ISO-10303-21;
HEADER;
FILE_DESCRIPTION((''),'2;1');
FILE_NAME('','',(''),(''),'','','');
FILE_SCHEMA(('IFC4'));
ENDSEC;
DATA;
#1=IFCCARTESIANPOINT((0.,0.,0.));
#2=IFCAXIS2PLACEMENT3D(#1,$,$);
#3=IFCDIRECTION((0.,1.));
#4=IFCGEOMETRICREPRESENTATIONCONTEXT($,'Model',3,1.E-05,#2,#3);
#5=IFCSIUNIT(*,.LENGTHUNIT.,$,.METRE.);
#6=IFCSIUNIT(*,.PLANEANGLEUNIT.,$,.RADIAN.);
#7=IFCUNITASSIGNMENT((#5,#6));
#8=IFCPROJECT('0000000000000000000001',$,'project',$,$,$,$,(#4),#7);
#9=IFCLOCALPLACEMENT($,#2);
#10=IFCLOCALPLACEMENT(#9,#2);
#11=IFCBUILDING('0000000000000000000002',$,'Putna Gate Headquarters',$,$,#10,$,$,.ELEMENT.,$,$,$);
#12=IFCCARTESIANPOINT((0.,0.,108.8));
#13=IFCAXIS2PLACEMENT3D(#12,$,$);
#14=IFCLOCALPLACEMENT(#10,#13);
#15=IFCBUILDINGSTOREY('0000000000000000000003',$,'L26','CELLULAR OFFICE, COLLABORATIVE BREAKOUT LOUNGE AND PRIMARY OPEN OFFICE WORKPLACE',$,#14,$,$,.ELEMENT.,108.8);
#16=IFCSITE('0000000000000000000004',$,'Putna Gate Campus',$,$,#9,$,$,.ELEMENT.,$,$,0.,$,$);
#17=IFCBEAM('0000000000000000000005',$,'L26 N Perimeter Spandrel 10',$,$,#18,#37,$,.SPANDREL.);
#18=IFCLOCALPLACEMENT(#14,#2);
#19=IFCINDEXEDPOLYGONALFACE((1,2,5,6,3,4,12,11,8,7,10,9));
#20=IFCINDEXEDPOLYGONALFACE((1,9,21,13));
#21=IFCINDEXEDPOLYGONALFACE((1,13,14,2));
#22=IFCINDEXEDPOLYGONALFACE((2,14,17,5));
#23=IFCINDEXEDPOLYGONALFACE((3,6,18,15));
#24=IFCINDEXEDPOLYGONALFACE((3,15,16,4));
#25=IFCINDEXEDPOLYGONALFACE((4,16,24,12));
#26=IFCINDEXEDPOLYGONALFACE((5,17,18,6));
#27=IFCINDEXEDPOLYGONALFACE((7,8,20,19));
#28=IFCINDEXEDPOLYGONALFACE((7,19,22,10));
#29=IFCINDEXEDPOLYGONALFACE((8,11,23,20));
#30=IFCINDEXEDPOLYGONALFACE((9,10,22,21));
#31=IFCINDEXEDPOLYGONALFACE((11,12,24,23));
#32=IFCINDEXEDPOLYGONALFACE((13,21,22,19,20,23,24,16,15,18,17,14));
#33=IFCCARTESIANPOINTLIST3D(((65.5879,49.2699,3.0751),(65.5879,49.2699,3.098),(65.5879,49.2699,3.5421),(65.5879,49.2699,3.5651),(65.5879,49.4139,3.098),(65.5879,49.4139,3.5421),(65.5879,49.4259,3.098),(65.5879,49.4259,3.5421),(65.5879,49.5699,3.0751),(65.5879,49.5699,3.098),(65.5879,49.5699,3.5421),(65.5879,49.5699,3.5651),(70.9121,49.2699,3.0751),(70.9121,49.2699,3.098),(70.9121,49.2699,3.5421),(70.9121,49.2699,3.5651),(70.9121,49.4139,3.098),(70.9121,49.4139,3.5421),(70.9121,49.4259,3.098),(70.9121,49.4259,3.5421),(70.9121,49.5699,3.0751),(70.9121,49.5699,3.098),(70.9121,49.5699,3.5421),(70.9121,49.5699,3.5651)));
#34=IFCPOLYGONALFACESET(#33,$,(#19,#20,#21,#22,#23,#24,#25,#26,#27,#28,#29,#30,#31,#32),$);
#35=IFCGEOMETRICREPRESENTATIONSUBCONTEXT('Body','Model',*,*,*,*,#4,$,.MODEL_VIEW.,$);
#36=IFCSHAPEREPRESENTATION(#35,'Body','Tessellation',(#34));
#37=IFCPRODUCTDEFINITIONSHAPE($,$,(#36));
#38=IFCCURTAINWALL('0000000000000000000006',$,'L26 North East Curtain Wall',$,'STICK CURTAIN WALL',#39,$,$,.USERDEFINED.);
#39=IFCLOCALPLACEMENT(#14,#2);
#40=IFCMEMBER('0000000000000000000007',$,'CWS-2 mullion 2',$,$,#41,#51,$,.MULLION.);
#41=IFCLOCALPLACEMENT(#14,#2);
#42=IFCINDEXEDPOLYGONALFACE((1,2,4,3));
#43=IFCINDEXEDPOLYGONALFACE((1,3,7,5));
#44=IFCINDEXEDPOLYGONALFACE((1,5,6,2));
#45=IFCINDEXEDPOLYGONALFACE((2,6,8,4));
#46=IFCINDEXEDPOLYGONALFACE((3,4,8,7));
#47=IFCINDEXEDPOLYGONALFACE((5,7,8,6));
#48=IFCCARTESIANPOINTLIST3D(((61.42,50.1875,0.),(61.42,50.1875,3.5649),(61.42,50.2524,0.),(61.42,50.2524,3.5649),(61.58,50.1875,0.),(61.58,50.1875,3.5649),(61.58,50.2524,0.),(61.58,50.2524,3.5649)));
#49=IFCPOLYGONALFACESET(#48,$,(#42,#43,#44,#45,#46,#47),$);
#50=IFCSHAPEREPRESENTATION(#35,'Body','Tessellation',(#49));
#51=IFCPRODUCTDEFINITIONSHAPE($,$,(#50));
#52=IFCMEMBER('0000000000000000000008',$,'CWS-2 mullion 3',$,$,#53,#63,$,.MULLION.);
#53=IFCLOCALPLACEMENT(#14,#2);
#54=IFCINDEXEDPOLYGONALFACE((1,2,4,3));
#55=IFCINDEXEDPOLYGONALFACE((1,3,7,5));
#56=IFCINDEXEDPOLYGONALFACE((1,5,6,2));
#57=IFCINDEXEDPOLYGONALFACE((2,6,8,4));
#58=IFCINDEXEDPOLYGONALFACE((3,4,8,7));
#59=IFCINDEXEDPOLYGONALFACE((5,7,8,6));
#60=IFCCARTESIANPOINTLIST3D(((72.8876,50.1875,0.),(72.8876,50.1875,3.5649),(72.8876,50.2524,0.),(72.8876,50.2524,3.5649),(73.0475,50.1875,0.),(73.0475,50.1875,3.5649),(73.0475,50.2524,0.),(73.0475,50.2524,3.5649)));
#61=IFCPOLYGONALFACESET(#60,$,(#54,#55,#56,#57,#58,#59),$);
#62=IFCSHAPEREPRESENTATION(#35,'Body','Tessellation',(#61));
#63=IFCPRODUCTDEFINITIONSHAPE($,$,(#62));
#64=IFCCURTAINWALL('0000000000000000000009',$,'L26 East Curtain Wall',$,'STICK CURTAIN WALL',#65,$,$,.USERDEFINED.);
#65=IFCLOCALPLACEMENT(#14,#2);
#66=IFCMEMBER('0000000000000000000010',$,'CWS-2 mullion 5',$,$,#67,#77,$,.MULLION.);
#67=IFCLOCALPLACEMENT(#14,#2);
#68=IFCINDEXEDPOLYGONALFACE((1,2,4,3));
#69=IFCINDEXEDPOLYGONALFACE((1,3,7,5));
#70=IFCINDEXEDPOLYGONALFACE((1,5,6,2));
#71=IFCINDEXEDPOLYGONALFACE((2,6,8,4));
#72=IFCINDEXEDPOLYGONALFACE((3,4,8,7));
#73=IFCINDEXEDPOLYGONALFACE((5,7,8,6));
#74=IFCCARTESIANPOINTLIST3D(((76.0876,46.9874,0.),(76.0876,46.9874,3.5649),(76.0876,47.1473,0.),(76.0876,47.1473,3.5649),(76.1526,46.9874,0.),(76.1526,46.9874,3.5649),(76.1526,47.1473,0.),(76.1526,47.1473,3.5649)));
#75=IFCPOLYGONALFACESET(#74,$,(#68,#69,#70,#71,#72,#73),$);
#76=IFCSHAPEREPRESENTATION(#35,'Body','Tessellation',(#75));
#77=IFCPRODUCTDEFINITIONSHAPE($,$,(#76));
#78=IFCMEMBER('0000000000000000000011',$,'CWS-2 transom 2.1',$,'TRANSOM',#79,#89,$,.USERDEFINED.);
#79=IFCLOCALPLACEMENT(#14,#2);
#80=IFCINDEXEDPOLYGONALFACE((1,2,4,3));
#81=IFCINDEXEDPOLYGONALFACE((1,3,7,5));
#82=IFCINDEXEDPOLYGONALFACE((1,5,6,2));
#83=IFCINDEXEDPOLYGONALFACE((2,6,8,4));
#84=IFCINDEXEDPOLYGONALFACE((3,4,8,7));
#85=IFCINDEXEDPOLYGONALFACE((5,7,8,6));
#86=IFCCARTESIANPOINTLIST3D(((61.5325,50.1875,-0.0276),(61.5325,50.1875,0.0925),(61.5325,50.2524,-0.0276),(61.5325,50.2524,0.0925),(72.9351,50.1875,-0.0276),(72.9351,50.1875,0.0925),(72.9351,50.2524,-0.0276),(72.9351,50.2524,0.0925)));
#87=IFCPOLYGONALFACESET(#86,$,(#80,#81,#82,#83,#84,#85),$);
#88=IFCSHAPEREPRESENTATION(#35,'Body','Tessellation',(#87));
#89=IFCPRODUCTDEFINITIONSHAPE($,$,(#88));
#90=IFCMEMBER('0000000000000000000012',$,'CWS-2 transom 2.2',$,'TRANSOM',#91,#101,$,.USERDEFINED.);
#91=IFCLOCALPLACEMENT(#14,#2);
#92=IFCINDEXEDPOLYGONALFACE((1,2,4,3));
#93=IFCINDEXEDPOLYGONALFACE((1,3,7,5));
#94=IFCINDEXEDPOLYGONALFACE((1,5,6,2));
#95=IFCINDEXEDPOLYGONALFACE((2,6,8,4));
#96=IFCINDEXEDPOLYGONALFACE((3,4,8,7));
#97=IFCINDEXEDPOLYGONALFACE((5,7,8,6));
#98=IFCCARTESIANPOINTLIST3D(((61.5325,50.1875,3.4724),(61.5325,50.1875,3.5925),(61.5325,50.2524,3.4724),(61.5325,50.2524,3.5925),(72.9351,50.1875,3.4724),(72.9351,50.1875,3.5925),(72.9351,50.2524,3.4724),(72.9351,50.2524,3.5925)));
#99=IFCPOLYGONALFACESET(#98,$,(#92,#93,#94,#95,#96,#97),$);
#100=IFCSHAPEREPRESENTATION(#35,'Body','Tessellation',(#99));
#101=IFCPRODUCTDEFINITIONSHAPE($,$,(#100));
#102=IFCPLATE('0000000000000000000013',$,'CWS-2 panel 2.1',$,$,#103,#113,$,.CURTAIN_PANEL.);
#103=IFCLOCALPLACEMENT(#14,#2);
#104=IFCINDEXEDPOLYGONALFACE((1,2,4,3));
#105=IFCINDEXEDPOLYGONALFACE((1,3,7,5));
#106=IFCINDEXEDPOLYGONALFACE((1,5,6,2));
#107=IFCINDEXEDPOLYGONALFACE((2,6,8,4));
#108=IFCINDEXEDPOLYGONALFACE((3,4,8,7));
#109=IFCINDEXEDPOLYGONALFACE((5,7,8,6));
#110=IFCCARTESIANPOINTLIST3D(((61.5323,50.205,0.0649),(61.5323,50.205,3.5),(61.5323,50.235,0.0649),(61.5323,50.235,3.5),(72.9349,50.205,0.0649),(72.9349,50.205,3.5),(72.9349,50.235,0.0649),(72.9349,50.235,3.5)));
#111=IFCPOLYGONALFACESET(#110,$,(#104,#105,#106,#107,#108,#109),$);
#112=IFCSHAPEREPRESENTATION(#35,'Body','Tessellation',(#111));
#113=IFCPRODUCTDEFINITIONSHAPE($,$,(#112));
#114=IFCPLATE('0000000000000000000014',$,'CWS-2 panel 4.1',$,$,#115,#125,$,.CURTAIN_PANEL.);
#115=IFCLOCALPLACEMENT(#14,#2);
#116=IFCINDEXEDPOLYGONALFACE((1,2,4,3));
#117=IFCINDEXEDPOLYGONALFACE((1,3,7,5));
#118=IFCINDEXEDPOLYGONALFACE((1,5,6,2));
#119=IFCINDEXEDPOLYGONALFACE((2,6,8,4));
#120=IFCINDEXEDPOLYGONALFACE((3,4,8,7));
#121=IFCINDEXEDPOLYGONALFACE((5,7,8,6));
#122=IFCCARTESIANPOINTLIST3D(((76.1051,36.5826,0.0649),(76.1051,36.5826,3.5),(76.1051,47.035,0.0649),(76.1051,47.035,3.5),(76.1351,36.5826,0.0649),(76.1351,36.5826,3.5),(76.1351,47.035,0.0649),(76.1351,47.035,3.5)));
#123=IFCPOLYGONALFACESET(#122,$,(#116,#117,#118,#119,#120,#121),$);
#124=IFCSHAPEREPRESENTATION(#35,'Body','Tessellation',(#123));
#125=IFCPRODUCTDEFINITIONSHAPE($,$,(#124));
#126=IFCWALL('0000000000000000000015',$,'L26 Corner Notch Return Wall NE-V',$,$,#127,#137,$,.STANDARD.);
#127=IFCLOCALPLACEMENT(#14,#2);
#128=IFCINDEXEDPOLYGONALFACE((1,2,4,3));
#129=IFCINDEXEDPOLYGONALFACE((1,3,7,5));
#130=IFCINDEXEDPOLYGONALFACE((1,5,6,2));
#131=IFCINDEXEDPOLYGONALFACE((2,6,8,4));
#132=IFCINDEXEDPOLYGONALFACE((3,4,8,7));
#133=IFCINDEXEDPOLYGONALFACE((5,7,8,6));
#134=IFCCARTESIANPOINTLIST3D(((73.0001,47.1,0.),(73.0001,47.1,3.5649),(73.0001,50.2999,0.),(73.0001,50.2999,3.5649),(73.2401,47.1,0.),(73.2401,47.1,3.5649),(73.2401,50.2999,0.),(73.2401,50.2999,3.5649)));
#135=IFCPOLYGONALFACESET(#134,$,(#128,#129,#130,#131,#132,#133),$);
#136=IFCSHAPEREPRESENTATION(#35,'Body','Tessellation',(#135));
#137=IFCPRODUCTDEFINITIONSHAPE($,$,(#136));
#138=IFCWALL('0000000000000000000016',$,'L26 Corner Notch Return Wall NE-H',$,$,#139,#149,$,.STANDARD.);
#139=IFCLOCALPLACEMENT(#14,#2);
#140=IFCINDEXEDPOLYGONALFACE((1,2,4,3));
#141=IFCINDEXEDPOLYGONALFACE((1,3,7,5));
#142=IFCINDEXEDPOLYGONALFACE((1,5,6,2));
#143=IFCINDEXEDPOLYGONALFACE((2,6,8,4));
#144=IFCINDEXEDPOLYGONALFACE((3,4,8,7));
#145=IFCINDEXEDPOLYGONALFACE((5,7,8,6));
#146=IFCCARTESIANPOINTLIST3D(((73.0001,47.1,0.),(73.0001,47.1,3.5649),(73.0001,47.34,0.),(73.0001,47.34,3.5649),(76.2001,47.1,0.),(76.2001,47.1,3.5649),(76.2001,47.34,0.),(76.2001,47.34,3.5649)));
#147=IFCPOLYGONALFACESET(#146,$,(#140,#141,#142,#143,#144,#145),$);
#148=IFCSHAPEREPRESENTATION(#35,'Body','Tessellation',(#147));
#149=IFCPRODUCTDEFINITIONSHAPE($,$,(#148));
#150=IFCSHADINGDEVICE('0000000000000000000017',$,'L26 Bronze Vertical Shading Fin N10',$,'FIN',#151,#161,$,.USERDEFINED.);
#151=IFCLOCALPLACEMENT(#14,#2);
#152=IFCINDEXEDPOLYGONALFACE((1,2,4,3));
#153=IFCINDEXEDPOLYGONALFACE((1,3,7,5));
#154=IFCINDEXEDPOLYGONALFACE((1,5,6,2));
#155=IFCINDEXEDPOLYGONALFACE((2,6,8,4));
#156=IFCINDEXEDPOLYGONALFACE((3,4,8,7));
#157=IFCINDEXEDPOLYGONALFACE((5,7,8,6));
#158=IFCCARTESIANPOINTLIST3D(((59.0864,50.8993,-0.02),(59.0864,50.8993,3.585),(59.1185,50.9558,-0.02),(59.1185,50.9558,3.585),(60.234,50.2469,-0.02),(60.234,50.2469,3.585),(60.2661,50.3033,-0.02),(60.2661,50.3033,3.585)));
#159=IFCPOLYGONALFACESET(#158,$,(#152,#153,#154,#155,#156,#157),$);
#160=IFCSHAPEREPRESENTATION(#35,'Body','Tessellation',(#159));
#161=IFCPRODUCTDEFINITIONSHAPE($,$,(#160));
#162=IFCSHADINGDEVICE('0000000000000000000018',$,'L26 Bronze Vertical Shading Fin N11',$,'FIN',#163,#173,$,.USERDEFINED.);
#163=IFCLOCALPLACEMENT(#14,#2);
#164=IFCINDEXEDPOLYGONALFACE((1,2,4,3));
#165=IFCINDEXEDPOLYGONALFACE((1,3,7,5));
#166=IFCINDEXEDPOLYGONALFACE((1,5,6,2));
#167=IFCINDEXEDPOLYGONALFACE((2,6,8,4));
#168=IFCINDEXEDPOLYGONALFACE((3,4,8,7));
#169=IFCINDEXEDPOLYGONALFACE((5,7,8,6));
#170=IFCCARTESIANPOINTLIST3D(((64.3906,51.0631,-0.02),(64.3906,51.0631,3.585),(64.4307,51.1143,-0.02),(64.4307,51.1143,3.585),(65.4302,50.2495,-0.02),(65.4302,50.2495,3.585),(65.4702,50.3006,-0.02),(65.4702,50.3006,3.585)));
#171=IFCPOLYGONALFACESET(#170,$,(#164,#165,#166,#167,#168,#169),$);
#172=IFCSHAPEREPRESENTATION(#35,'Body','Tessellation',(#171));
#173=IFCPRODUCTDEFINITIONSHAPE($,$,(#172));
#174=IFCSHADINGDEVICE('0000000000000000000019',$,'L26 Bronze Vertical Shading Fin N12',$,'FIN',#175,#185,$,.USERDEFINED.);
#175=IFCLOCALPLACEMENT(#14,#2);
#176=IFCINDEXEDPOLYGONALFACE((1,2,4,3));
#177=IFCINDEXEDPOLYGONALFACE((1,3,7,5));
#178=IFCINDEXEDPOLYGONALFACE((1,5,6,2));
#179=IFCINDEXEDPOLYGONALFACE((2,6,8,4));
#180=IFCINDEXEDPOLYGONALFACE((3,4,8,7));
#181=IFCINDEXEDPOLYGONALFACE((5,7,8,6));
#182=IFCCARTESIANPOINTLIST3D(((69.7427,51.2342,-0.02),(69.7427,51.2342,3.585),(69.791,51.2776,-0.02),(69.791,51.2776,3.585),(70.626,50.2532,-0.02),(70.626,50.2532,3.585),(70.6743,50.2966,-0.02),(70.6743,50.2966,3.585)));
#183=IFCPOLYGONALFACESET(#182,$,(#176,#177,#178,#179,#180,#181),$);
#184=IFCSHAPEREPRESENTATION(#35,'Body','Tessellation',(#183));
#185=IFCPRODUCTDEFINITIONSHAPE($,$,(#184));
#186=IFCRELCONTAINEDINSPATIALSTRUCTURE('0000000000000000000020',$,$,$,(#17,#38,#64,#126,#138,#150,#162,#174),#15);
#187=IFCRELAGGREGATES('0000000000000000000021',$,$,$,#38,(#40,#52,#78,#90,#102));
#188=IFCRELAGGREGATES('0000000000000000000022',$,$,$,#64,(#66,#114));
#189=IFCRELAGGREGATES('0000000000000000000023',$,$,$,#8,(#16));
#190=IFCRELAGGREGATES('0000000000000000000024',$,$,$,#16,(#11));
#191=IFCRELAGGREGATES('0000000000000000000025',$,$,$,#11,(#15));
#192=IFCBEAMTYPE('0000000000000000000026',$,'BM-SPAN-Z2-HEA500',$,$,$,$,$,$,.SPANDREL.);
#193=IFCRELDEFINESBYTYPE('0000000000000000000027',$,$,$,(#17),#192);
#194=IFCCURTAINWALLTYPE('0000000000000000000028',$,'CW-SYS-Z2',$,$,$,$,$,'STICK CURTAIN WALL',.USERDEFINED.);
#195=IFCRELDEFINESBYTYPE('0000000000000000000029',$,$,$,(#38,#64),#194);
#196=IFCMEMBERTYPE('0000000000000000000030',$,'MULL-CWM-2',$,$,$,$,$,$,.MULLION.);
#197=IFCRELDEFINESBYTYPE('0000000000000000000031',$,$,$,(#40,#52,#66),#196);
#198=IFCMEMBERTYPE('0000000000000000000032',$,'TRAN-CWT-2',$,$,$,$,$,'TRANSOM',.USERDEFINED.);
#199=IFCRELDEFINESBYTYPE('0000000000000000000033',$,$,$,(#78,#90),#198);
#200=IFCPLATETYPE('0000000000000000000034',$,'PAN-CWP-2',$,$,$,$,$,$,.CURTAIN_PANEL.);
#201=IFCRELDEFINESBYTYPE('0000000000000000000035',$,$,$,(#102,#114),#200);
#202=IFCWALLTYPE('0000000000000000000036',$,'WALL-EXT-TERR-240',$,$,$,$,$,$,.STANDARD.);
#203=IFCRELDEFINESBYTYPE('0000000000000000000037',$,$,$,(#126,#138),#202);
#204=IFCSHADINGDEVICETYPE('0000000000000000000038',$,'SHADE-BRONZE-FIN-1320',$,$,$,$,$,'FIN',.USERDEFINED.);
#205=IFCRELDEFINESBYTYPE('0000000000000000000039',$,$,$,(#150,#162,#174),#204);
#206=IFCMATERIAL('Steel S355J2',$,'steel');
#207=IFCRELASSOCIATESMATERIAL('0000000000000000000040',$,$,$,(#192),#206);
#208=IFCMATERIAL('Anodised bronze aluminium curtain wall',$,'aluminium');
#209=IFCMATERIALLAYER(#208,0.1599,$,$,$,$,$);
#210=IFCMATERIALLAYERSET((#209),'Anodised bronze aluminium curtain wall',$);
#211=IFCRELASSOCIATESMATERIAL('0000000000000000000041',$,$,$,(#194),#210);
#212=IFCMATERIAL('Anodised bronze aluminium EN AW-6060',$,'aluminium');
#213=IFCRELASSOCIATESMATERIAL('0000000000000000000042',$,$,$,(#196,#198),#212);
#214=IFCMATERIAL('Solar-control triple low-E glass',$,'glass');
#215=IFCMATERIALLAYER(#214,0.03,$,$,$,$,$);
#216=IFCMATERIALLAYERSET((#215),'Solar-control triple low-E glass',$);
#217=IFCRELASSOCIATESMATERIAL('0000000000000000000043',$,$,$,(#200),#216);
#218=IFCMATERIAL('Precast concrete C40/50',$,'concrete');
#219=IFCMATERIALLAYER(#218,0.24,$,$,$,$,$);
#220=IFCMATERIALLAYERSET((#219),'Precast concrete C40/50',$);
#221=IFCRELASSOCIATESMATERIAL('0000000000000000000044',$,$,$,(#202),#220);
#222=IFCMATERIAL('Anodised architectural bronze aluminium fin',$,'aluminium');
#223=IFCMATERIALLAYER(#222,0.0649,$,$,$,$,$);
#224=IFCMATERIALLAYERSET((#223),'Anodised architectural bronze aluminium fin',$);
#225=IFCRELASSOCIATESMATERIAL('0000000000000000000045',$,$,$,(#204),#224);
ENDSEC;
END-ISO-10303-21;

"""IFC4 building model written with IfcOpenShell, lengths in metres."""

from ifc_helpers import new_model, si_unit, direction, frame, frame_2d, origin, origin_2d, place, context, subcontext, project, spatial, rectangle, i_section, extrude, material, layer, layer_set, material_profile, profile_set, type_object, element, aggregate, save


model = new_model("IFC4")

# Units and contexts
model_context = context("Model", 3, precision=1e-05, world=origin(), true_north=direction((0.0, 1.0)))
body_context = subcontext(model_context, "Body", "Model", "MODEL_VIEW")
ifc_project = project(units=[si_unit("LENGTHUNIT", "METRE"), si_unit("PLANEANGLEUNIT", "RADIAN")], contexts=[model_context])

# Site, building, storey
site_placement = place(None, origin())
site = spatial("IfcSite", under=ifc_project, at=site_placement, Name="Putna Gate Campus", CompositionType="ELEMENT", RefElevation=0.0)
building_placement = place(site_placement, origin())
building = spatial("IfcBuilding", under=site, at=building_placement, Name="Putna Gate Headquarters", CompositionType="ELEMENT")
storey_placement = place(building_placement, frame((0.0, 0.0, 108.8)))
storey = spatial("IfcBuildingStorey", under=building, at=storey_placement, Name="L26", Description="CELLULAR OFFICE, COLLABORATIVE BREAKOUT LOUNGE AND PRIMARY OPEN OFFICE WORKPLACE", CompositionType="ELEMENT", Elevation=108.8)

# Beam
ifc_material_1 = material(Name="Steel S355J2", Category="steel")
ifc_material_profile_1 = material_profile(ifc_material_1, i_section(OverallWidth=0.3, OverallDepth=0.49, WebThickness=0.012, FlangeThickness=0.0229, at=origin_2d()), Name="Steel S355J2")
ifc_profile_set_1 = profile_set([ifc_material_profile_1], Name="Steel S355J2")
beam_type_1 = type_object("IfcBeamType", Name="BM-SPAN-Z2-HEA500", PredefinedType="SPANDREL", material=ifc_profile_set_1)
for number, where, z_axis, x_axis, name in (
    (1, (65.5879, 49.4199, 3.3201), (1.0, 0.0, 0.0), (0.0, 1.0, 0.0), "L26 N Perimeter Spandrel 10"),
):
    element("IfcBeam", number, at=place(storey_placement, frame(where, z_axis=z_axis, x_axis=x_axis)), inside=storey, type_object=beam_type_1, Name=name, PredefinedType="SPANDREL", context=body_context, shape_type="SweptSolid", body=[
        extrude(i_section(OverallWidth=0.3, OverallDepth=0.49, WebThickness=0.012, FlangeThickness=0.0229, at=origin_2d()), origin(), (0.0, 0.0, 1.0), 5.3242),
    ])

# Curtain wall, members
ifc_material_2 = material(Name="Anodised bronze aluminium curtain wall", Category="aluminium")
ifc_layer_1 = layer(ifc_material_2, 0.1599)
ifc_layer_set_1 = layer_set([ifc_layer_1], Name="Anodised bronze aluminium curtain wall")
curtain_wall_type = type_object("IfcCurtainWallType", Name="CW-SYS-Z2", ElementType="STICK CURTAIN WALL", PredefinedType="USERDEFINED", material=ifc_layer_set_1)
curtain_wall_1_placement = place(storey_placement, origin())
curtain_wall_1 = element("IfcCurtainWall", 2, at=curtain_wall_1_placement, inside=storey, type_object=curtain_wall_type, Name="L26 North East Curtain Wall", ObjectType="STICK CURTAIN WALL", PredefinedType="USERDEFINED")
ifc_material_3 = material(Name="Anodised bronze aluminium EN AW-6060", Category="aluminium")
ifc_material_profile_2 = material_profile(ifc_material_3, rectangle(XDim=0.0649, YDim=0.1599, at=origin_2d()), Name="Anodised bronze aluminium EN AW-6060")
ifc_profile_set_2 = profile_set([ifc_material_profile_2], Name="Anodised bronze aluminium EN AW-6060")
member_type_1 = type_object("IfcMemberType", Name="MULL-CWM-2", PredefinedType="MULLION", material=ifc_profile_set_2)
member_1_placement = place(storey_placement, frame((61.5, 50.22, 0.0), z_axis=(0.0, 0.0, 1.0), x_axis=(0.0, 1.0, 0.0)))
member_1 = element("IfcMember", 3, at=member_1_placement, type_object=member_type_1, Name="CWS-2 mullion 2", PredefinedType="MULLION", context=body_context, shape_type="SweptSolid", body=[
    extrude(rectangle(XDim=0.0649, YDim=0.1599, at=origin_2d()), origin(), (0.0, 0.0, 1.0), 3.5649),
])
member_2_placement = place(storey_placement, frame((72.9675, 50.22, 0.0), z_axis=(0.0, 0.0, 1.0), x_axis=(0.0, 1.0, 0.0)))
member_2 = element("IfcMember", 4, at=member_2_placement, type_object=member_type_1, Name="CWS-2 mullion 3", PredefinedType="MULLION", context=body_context, shape_type="SweptSolid", body=[
    extrude(rectangle(XDim=0.0649, YDim=0.1599, at=origin_2d()), origin(), (0.0, 0.0, 1.0), 3.5649),
])

# Curtain wall, member
curtain_wall_2_placement = place(storey_placement, origin())
curtain_wall_2 = element("IfcCurtainWall", 5, at=curtain_wall_2_placement, inside=storey, type_object=curtain_wall_type, Name="L26 East Curtain Wall", ObjectType="STICK CURTAIN WALL", PredefinedType="USERDEFINED")
member_3_placement = place(storey_placement, frame((76.1201, 47.0674, 0.0), z_axis=(0.0, 0.0, 1.0), x_axis=(-1.0, 0.0, 0.0)))
member_3 = element("IfcMember", 6, at=member_3_placement, type_object=member_type_1, Name="CWS-2 mullion 5", PredefinedType="MULLION", context=body_context, shape_type="SweptSolid", body=[
    extrude(rectangle(XDim=0.0649, YDim=0.1599, at=origin_2d()), origin(), (0.0, 0.0, 1.0), 3.5649),
])

# Members
ifc_material_profile_3 = material_profile(ifc_material_3, rectangle(XDim=0.0649, YDim=0.1201, at=origin_2d()), Name="Anodised bronze aluminium EN AW-6060")
ifc_profile_set_3 = profile_set([ifc_material_profile_3], Name="Anodised bronze aluminium EN AW-6060")
member_type_2 = type_object("IfcMemberType", Name="TRAN-CWT-2", ElementType="TRANSOM", PredefinedType="USERDEFINED", material=ifc_profile_set_3)
member_4_placement = place(storey_placement, frame((61.5325, 50.22, 0.0325), z_axis=(1.0, 0.0, 0.0), x_axis=(0.0, 1.0, 0.0)))
member_4 = element("IfcMember", 7, at=member_4_placement, type_object=member_type_2, Name="CWS-2 transom 2.1", ObjectType="TRANSOM", PredefinedType="USERDEFINED", context=body_context, shape_type="SweptSolid", body=[
    extrude(rectangle(XDim=0.0649, YDim=0.1201, at=origin_2d()), origin(), (0.0, 0.0, 1.0), 11.4026),
])
member_5_placement = place(storey_placement, frame((61.5325, 50.22, 3.5325), z_axis=(1.0, 0.0, 0.0), x_axis=(0.0, 1.0, 0.0)))
member_5 = element("IfcMember", 8, at=member_5_placement, type_object=member_type_2, Name="CWS-2 transom 2.2", ObjectType="TRANSOM", PredefinedType="USERDEFINED", context=body_context, shape_type="SweptSolid", body=[
    extrude(rectangle(XDim=0.0649, YDim=0.1201, at=origin_2d()), origin(), (0.0, 0.0, 1.0), 11.4026),
])

# Plates
ifc_material_4 = material(Name="Solar-control triple low-E glass", Category="glass")
ifc_layer_2 = layer(ifc_material_4, 0.03)
ifc_layer_set_2 = layer_set([ifc_layer_2], Name="Solar-control triple low-E glass")
plate_type = type_object("IfcPlateType", Name="PAN-CWP-2", PredefinedType="CURTAIN_PANEL", material=ifc_layer_set_2)
plate_1_placement = place(storey_placement, frame((67.2336, 50.22, 0.0649), z_axis=(0.0, 0.0, 1.0), x_axis=(1.0, 0.0, 0.0)))
plate_1 = element("IfcPlate", 9, at=plate_1_placement, type_object=plate_type, Name="CWS-2 panel 2.1", PredefinedType="CURTAIN_PANEL", context=body_context, shape_type="SweptSolid", body=[
    extrude(rectangle(XDim=11.4026, YDim=0.03, at=origin_2d()), origin(), (0.0, 0.0, 1.0), 3.4351),
])
aggregate(curtain_wall_1, [member_1, member_2, member_4, member_5, plate_1])
plate_2_placement = place(storey_placement, frame((76.1201, 41.8088, 0.0649), z_axis=(0.0, 0.0, 1.0), x_axis=(0.0, 1.0, 0.0)))
plate_2 = element("IfcPlate", 10, at=plate_2_placement, type_object=plate_type, Name="CWS-2 panel 4.1", PredefinedType="CURTAIN_PANEL", context=body_context, shape_type="SweptSolid", body=[
    extrude(rectangle(XDim=10.4524, YDim=0.03, at=origin_2d()), origin(), (0.0, 0.0, 1.0), 3.4351),
])
aggregate(curtain_wall_2, [member_3, plate_2])

# Walls
ifc_material_5 = material(Name="Precast concrete C40/50", Category="concrete")
ifc_layer_3 = layer(ifc_material_5, 0.24)
ifc_layer_set_3 = layer_set([ifc_layer_3], Name="Precast concrete C40/50")
wall_type = type_object("IfcWallType", Name="WALL-EXT-TERR-240", PredefinedType="STANDARD", material=ifc_layer_set_3)
for number, where, z_axis, x_axis, name in (
    (11, (73.1201, 50.3, 0.0), (0.0, 0.0, 1.0), (0.0, -1.0, 0.0), "L26 Corner Notch Return Wall NE-V"),
    (12, (73.0, 47.22, 0.0), (0.0, 0.0, 1.0), (1.0, 0.0, 0.0), "L26 Corner Notch Return Wall NE-H"),
):
    element("IfcWall", number, at=place(storey_placement, frame(where, z_axis=z_axis, x_axis=x_axis)), inside=storey, type_object=wall_type, Name=name, PredefinedType="STANDARD", context=body_context, shape_type="SweptSolid", body=[
        extrude(rectangle(XDim=3.2, YDim=0.24, at=frame_2d((1.6001, 0.0))), origin(), (0.0, 0.0, 1.0), 3.5649),
    ])

# Shading devices
ifc_material_6 = material(Name="Anodised architectural bronze aluminium fin", Category="aluminium")
ifc_layer_4 = layer(ifc_material_6, 0.0649)
ifc_layer_set_4 = layer_set([ifc_layer_4], Name="Anodised architectural bronze aluminium fin")
shading_device_type = type_object("IfcShadingDeviceType", Name="SHADE-BRONZE-FIN-1320", ElementType="FIN", PredefinedType="USERDEFINED", material=ifc_layer_set_4)
for number, where, z_axis, x_axis, name in (
    (13, (59.6763, 50.6013, -0.02), (0.0, 0.0, 1.0), (-0.869322, 0.494245, 0.0), "L26 Bronze Vertical Shading Fin N10"),
    (14, (64.9304, 50.6819, -0.02), (0.0, 0.0, 1.0), (-0.787473, 0.616349, 0.0), "L26 Bronze Vertical Shading Fin N11"),
    (15, (70.2085, 50.7654, -0.02), (0.0, 0.0, 1.0), (-0.669131, 0.743145, 0.0), "L26 Bronze Vertical Shading Fin N12"),
):
    element("IfcShadingDevice", number, at=place(storey_placement, frame(where, z_axis=z_axis, x_axis=x_axis)), inside=storey, type_object=shading_device_type, Name=name, ObjectType="FIN", PredefinedType="USERDEFINED", context=body_context, shape_type="SweptSolid", body=[
        extrude(rectangle(XDim=1.3201, YDim=0.0649, at=origin_2d()), origin(), (0.0, 0.0, 1.0), 3.605),
    ])

save(model, "model.ifc")
